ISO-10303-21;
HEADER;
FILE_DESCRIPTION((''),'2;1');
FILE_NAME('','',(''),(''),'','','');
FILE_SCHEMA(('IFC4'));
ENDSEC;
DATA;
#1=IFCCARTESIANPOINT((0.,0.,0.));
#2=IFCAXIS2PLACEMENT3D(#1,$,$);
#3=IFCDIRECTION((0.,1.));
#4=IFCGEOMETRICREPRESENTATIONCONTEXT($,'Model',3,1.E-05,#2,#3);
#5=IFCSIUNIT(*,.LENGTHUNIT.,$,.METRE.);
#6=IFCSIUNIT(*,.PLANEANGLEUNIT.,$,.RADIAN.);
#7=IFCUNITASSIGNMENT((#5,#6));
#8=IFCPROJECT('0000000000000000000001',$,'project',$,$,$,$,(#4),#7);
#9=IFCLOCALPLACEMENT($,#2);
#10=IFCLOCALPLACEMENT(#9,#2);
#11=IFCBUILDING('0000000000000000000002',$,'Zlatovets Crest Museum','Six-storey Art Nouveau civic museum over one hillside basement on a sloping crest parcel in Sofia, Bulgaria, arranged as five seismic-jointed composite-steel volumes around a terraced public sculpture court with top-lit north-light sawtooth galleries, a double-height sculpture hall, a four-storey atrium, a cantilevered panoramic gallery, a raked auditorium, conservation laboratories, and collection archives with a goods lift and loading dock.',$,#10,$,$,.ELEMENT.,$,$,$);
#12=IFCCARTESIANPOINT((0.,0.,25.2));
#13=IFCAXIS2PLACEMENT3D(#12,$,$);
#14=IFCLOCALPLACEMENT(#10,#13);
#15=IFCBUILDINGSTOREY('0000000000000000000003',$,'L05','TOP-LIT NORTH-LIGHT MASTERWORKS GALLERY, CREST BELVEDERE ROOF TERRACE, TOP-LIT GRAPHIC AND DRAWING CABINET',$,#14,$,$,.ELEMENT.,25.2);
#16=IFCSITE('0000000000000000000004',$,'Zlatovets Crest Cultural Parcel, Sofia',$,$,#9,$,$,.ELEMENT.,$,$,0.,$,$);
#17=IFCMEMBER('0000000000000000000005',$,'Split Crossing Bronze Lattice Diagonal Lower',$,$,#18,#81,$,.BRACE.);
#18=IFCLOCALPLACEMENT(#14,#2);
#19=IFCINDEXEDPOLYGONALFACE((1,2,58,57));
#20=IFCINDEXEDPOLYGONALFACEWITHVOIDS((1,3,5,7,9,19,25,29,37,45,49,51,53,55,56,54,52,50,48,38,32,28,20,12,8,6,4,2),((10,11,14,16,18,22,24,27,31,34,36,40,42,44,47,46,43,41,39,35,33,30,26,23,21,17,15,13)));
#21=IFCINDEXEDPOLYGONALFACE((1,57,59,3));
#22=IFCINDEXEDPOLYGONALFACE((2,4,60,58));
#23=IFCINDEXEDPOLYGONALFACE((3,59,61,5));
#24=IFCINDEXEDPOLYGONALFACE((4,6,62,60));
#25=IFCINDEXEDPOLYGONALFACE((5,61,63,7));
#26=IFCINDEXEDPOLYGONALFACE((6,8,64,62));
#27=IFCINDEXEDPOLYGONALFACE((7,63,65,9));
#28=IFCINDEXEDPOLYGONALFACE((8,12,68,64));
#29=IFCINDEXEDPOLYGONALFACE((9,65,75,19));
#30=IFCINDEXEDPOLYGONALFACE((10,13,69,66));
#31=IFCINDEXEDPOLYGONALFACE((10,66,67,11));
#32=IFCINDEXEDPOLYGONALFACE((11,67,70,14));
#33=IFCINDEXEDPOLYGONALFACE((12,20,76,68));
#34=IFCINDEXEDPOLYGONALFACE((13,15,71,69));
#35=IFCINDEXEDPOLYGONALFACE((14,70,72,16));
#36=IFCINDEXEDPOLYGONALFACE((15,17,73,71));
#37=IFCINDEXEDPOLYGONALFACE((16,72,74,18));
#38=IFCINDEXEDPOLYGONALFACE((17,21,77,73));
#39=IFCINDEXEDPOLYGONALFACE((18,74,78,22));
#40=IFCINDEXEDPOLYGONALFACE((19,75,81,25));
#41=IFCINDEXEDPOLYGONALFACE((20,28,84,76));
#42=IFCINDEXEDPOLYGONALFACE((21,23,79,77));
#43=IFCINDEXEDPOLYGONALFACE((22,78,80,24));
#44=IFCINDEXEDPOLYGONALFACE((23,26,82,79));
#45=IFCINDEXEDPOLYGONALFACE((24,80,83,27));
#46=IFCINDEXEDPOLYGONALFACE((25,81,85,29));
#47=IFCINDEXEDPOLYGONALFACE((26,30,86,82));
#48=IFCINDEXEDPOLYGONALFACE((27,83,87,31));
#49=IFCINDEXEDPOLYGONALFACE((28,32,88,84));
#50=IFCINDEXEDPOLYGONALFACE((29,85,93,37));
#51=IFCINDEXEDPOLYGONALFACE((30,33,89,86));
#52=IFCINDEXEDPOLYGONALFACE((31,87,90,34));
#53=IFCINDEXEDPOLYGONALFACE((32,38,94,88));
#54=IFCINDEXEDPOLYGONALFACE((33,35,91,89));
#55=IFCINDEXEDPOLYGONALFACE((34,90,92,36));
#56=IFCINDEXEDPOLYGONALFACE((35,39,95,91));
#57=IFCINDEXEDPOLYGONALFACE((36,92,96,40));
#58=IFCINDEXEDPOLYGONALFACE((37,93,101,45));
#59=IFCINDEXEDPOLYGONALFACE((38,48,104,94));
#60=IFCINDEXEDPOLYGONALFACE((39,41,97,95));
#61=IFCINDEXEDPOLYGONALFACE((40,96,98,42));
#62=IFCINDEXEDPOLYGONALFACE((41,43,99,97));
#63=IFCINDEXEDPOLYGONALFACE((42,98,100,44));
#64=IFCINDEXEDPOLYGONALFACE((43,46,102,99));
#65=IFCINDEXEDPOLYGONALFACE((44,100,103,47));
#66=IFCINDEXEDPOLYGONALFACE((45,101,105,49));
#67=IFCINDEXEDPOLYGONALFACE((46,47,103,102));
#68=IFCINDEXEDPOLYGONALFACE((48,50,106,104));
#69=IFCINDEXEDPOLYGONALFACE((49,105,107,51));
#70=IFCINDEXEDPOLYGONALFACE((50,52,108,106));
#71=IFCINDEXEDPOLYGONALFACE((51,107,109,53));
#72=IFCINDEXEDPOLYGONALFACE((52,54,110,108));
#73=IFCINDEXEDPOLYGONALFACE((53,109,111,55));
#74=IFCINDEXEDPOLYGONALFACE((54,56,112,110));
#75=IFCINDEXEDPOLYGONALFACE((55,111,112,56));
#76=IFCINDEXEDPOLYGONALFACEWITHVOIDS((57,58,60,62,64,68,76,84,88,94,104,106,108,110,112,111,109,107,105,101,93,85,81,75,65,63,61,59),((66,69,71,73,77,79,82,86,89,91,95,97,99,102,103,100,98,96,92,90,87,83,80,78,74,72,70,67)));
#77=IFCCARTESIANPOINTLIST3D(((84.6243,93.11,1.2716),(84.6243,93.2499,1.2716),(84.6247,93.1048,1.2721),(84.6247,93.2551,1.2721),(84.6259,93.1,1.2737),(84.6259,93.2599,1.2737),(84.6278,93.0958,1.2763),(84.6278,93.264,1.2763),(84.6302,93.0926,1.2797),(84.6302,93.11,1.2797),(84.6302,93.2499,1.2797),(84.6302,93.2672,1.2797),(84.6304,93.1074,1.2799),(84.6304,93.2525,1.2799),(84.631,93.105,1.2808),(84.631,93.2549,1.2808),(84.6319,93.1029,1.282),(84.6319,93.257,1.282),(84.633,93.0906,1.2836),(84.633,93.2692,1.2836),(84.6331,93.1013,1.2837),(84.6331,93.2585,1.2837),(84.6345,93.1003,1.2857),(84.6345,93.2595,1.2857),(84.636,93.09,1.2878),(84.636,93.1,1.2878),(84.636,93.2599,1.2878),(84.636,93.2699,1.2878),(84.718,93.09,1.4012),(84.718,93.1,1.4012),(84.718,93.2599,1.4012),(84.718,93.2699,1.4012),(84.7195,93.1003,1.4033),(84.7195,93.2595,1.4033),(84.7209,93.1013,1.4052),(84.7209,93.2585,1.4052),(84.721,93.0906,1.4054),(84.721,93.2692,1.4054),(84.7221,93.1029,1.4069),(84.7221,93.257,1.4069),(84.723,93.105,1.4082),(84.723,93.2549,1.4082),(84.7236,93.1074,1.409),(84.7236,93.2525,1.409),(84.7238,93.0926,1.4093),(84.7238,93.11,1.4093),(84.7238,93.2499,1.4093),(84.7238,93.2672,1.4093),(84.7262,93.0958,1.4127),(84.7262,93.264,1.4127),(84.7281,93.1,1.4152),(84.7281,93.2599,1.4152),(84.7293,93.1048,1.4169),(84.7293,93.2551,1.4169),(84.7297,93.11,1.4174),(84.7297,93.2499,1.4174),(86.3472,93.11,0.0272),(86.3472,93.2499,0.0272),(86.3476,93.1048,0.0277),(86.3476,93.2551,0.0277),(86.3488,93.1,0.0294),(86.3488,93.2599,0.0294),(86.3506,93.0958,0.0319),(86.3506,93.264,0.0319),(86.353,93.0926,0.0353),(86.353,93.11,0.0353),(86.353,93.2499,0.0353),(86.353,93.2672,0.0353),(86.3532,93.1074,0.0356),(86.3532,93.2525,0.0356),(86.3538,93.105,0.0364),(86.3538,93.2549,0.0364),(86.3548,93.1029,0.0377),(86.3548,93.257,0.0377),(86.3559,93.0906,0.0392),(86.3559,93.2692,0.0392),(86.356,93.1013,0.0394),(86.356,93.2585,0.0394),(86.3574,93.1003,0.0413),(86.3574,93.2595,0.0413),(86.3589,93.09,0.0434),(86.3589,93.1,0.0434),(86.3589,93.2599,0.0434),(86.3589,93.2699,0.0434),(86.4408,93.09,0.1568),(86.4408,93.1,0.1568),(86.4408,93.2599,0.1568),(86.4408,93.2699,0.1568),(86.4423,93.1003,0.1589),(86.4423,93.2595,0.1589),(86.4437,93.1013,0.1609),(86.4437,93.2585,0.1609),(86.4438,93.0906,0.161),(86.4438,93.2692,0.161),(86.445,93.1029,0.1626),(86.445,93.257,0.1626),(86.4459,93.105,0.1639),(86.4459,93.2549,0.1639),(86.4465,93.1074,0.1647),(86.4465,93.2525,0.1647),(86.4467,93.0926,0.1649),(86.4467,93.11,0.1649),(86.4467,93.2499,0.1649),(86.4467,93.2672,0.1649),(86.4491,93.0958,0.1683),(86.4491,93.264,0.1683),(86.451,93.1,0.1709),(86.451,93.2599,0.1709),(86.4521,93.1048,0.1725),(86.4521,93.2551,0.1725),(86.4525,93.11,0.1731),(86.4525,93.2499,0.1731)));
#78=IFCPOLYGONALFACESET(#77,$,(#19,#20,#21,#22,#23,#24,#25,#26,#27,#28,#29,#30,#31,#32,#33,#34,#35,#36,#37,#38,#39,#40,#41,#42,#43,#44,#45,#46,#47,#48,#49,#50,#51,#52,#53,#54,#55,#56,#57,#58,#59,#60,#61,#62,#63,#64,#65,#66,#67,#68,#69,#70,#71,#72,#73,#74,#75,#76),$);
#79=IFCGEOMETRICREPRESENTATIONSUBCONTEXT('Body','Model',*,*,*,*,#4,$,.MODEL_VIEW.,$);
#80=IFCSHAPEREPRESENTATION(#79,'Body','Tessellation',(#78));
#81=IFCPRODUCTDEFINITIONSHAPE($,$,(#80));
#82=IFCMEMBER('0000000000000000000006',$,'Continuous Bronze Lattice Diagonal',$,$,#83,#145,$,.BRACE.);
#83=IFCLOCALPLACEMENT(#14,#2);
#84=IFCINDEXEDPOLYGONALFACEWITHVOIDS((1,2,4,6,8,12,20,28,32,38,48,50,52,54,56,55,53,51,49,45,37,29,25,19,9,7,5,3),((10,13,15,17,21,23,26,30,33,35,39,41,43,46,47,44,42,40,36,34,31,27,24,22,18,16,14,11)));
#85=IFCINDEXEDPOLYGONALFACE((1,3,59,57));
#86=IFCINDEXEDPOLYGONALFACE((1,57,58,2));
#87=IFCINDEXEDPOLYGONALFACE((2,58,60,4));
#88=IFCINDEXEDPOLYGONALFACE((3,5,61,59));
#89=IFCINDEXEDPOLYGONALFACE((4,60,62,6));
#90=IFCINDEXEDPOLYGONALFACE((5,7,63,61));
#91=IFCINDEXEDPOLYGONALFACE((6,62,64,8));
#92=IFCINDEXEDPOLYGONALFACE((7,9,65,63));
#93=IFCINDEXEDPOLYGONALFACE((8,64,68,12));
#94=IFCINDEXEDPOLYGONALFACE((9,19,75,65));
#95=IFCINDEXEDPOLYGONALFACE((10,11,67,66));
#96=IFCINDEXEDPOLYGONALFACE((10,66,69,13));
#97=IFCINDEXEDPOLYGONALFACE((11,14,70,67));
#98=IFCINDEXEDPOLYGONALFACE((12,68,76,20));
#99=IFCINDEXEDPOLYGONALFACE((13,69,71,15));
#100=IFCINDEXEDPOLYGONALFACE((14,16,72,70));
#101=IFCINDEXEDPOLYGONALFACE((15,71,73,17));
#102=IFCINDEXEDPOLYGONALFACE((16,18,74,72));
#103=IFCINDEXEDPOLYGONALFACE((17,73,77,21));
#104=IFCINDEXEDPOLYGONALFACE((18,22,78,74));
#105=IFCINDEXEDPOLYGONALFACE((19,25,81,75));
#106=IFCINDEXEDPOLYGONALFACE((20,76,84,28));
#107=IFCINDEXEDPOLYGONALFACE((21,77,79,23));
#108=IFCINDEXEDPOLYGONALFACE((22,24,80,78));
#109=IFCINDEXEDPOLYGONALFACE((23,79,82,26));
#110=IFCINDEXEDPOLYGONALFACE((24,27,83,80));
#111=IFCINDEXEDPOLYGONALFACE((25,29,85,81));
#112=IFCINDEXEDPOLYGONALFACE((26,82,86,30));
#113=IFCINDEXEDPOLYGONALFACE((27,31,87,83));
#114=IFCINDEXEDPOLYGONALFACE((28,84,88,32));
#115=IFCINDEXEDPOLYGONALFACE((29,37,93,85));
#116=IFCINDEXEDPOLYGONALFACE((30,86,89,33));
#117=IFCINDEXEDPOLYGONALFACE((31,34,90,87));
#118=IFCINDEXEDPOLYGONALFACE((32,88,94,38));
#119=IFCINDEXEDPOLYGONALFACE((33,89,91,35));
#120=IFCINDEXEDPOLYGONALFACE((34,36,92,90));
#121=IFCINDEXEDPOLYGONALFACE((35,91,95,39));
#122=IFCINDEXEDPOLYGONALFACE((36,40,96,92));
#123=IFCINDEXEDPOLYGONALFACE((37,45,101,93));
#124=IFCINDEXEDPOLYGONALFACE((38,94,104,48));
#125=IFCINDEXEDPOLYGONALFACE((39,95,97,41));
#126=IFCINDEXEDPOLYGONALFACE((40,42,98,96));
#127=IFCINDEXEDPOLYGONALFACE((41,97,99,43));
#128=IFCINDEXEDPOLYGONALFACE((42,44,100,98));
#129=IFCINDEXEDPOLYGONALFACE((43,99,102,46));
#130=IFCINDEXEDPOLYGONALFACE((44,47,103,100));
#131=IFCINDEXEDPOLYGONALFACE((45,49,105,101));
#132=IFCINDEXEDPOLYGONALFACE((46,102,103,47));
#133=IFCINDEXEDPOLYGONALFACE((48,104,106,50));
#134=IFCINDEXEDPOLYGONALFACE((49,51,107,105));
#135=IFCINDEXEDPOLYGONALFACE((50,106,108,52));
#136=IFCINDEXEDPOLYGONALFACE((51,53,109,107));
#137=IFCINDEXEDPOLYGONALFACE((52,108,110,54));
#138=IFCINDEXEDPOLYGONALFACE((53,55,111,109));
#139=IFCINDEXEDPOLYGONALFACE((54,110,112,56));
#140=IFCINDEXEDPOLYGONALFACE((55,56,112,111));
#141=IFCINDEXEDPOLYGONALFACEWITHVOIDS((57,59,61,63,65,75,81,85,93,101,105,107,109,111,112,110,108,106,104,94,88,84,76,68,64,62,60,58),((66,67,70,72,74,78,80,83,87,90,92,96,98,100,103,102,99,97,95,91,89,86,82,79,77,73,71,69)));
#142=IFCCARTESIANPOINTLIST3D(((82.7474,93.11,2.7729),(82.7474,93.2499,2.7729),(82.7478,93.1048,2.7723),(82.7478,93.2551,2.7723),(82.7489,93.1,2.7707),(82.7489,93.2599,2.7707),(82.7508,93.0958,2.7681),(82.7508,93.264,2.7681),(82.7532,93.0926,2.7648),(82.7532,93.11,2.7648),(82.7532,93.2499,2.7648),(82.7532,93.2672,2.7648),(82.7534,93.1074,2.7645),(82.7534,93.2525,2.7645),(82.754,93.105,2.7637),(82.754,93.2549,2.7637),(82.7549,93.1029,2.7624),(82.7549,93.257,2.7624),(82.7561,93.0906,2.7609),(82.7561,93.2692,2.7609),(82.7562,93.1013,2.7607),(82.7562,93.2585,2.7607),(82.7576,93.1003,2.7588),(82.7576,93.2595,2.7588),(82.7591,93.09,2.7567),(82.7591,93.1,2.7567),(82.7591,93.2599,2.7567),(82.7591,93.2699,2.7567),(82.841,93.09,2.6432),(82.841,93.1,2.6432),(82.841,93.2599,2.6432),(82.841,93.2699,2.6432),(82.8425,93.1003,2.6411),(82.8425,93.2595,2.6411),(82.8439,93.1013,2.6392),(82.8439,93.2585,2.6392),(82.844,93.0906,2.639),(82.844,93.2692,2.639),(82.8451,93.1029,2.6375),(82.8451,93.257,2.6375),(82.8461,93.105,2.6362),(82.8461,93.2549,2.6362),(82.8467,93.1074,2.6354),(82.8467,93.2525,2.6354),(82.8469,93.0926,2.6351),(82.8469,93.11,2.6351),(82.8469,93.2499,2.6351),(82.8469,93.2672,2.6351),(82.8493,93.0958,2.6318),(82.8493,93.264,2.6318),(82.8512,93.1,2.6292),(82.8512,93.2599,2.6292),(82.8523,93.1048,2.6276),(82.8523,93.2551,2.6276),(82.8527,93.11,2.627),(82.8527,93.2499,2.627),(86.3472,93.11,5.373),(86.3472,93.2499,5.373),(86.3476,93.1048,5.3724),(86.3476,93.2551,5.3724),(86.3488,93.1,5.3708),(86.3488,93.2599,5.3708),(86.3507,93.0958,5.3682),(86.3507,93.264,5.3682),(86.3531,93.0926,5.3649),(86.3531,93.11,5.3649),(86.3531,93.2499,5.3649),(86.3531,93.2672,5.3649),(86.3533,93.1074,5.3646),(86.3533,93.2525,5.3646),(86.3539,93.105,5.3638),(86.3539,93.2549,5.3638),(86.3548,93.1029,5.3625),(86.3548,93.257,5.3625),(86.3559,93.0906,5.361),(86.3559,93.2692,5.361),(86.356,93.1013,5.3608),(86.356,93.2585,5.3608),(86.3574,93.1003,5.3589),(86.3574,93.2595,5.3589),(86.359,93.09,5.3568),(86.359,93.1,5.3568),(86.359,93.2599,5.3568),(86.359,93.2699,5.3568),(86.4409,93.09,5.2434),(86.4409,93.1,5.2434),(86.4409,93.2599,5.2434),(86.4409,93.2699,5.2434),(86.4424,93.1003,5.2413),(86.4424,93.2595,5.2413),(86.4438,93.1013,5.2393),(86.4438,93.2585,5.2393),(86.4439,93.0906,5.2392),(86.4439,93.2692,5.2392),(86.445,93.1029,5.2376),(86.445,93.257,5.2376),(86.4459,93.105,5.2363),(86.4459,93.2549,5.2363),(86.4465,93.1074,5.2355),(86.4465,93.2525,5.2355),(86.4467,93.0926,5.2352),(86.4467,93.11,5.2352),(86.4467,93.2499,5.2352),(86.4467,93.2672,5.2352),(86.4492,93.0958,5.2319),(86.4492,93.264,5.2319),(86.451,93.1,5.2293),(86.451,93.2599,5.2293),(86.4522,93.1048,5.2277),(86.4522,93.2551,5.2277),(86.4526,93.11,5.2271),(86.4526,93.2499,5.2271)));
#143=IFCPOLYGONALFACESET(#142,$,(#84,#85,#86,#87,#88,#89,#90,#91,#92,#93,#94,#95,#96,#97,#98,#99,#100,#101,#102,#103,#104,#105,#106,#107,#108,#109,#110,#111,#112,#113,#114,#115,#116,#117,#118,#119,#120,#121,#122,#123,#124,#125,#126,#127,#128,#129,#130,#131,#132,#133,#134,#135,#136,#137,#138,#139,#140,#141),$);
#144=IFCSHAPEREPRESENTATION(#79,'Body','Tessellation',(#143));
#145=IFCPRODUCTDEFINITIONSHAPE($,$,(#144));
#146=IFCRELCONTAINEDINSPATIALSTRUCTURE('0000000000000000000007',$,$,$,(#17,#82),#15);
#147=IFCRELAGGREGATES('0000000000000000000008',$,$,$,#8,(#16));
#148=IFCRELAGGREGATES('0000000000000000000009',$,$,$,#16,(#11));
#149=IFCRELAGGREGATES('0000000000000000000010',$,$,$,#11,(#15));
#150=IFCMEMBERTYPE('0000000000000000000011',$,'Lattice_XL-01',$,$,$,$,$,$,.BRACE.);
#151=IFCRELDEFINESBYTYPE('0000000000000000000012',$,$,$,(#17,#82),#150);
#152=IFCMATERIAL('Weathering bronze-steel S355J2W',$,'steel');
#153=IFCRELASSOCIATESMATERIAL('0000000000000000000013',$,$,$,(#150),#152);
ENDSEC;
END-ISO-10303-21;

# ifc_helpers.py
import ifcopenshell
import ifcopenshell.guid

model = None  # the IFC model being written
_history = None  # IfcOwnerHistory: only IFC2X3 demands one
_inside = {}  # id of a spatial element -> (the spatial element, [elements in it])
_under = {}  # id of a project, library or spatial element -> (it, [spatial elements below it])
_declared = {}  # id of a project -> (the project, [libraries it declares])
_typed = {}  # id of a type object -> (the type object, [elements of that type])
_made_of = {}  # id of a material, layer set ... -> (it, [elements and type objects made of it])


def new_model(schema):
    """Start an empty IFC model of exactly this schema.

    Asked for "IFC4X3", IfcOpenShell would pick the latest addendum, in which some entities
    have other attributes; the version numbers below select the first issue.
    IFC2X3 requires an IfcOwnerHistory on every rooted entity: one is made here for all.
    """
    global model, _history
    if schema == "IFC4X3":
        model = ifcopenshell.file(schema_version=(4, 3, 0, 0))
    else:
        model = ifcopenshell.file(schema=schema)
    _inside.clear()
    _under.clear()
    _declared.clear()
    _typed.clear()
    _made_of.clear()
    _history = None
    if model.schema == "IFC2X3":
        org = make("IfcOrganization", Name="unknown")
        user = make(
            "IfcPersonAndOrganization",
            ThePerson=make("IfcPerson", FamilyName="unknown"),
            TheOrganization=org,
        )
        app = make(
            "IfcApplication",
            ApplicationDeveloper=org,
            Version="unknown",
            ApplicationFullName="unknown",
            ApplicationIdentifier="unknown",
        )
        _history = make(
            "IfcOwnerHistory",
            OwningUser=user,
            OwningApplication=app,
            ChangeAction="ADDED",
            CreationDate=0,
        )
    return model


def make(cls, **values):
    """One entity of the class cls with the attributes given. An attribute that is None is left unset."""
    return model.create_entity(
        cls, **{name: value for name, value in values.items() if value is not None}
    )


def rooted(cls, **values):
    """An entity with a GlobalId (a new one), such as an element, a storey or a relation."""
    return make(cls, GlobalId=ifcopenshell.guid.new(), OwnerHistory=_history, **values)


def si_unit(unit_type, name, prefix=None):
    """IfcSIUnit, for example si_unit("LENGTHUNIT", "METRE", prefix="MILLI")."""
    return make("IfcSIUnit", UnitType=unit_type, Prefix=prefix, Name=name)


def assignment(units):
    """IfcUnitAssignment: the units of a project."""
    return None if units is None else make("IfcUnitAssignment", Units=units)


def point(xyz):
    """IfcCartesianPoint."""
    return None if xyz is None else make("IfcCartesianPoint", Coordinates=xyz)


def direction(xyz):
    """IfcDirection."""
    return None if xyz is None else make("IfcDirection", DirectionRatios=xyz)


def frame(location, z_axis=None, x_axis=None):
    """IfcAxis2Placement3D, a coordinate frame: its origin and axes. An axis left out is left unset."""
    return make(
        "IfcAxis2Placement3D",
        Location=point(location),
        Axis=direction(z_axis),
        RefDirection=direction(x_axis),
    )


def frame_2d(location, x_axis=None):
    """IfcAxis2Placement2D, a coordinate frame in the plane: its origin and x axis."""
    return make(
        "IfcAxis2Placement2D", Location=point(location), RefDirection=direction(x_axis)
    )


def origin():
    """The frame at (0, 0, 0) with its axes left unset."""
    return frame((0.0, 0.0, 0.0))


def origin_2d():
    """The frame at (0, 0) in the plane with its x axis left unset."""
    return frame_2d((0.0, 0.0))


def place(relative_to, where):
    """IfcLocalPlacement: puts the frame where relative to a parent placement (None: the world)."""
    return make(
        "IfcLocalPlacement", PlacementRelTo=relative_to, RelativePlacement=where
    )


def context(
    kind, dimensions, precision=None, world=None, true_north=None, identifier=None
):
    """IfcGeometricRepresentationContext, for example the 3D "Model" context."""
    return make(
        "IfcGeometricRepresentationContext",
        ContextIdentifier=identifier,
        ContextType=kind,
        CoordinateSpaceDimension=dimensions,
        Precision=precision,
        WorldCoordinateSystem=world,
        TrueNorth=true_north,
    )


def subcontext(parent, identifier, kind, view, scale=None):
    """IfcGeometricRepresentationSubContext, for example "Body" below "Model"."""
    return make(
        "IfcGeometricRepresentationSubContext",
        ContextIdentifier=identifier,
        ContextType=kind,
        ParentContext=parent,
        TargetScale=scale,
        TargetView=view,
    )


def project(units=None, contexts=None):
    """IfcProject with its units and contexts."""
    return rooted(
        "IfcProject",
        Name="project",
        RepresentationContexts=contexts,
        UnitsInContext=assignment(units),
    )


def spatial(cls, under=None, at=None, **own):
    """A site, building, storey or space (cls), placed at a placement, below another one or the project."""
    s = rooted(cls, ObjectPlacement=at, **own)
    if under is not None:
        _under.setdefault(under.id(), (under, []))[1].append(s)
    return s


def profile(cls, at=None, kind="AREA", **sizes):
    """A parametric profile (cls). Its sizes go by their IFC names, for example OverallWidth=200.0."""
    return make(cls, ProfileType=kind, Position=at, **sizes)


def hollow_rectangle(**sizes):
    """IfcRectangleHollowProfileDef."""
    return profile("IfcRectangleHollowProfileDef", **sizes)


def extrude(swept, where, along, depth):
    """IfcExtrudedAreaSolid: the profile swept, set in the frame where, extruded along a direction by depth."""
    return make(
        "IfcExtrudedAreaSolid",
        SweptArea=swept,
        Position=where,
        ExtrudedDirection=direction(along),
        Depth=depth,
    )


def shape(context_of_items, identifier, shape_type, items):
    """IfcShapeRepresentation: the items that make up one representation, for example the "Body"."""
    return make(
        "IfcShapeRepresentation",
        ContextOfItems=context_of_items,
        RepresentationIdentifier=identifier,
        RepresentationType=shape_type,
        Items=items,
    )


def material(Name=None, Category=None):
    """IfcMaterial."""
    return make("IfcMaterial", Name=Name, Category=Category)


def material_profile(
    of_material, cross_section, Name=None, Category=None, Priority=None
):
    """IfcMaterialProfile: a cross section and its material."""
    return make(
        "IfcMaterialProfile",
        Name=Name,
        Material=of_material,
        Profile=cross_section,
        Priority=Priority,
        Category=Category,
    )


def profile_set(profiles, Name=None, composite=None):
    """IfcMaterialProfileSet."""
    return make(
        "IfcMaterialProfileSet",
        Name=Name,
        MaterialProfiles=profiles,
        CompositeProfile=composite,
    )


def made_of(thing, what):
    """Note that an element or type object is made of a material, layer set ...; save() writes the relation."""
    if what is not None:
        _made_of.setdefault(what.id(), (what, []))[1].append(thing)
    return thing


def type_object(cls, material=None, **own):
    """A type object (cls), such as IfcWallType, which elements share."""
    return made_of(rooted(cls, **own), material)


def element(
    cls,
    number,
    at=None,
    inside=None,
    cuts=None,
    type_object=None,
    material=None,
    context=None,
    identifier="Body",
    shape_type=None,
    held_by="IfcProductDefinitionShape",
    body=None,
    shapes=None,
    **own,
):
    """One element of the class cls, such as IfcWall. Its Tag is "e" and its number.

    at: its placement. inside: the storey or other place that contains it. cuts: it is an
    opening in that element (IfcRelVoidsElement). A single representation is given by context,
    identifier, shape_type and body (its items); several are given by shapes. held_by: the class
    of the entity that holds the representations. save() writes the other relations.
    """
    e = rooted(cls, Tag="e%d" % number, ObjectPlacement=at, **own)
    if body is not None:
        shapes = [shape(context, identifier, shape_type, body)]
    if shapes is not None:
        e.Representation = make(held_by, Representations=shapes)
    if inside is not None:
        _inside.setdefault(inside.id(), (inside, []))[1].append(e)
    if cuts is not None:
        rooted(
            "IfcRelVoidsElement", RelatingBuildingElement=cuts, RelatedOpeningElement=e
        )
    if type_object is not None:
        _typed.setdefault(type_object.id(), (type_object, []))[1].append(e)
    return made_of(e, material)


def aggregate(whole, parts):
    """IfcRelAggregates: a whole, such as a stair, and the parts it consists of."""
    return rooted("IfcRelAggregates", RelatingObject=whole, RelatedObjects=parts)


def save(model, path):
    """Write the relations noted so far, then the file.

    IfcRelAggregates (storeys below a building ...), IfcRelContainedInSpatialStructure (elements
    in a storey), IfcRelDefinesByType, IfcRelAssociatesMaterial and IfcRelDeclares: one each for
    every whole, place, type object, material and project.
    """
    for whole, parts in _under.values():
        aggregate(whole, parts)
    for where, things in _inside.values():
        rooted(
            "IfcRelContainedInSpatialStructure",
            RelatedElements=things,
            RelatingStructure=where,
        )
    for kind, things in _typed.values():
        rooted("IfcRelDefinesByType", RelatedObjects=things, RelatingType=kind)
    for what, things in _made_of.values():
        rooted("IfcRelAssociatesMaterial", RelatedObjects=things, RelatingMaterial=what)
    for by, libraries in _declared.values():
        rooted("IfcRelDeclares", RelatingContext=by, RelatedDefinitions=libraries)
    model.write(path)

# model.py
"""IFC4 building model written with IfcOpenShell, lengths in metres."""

from ifc_helpers import new_model, si_unit, direction, frame, origin, origin_2d, place, context, subcontext, project, spatial, hollow_rectangle, extrude, material, material_profile, profile_set, type_object, element, save


model = new_model("IFC4")

# Units and contexts
model_context = context("Model", 3, precision=1e-05, world=origin(), true_north=direction((0.0, 1.0)))
body_context = subcontext(model_context, "Body", "Model", "MODEL_VIEW")
ifc_project = project(units=[si_unit("LENGTHUNIT", "METRE"), si_unit("PLANEANGLEUNIT", "RADIAN")], contexts=[model_context])

# Site, building, storey
site_placement = place(None, origin())
site = spatial("IfcSite", under=ifc_project, at=site_placement, Name="Zlatovets Crest Cultural Parcel, Sofia", CompositionType="ELEMENT", RefElevation=0.0)
building_placement = place(site_placement, origin())
building = spatial("IfcBuilding", under=site, at=building_placement, Name="Zlatovets Crest Museum", Description="Six-storey Art Nouveau civic museum over one hillside basement on a sloping crest parcel in Sofia, Bulgaria, arranged as five seismic-jointed composite-steel volumes around a terraced public sculpture court with top-lit north-light sawtooth galleries, a double-height sculpture hall, a four-storey atrium, a cantilevered panoramic gallery, a raked auditorium, conservation laboratories, and collection archives with a goods lift and loading dock.", CompositionType="ELEMENT")
storey_placement = place(building_placement, frame((0.0, 0.0, 25.2)))
storey = spatial("IfcBuildingStorey", under=building, at=storey_placement, Name="L05", Description="TOP-LIT NORTH-LIGHT MASTERWORKS GALLERY, CREST BELVEDERE ROOF TERRACE, TOP-LIT GRAPHIC AND DRAWING CABINET", CompositionType="ELEMENT", Elevation=25.2)

# Members
ifc_material_1 = material(Name="Weathering bronze-steel S355J2W", Category="steel")
ifc_material_profile_1 = material_profile(ifc_material_1, hollow_rectangle(XDim=0.1799, YDim=0.1799, WallThickness=0.01, InnerFilletRadius=0.01, OuterFilletRadius=0.02, at=origin_2d()), Name="SHS 180x180x10.0")
ifc_profile_set_1 = profile_set([ifc_material_profile_1], Name="Weathering bronze-steel S355J2W")
member_type_1 = type_object("IfcMemberType", Name="Lattice_XL-01", PredefinedType="BRACE", material=ifc_profile_set_1)
for number, where, z_axis, x_axis, name in (
    (1, (84.677, 93.1799, 1.3445), (0.810664, 0.0, -0.585512), (0.0, 1.0, 0.0), "Split Crossing Bronze Lattice Diagonal Lower"),
):
    element("IfcMember", number, at=place(storey_placement, frame(where, z_axis=z_axis, x_axis=x_axis)), inside=storey, type_object=member_type_1, Name=name, PredefinedType="BRACE", context=body_context, shape_type="SweptSolid", body=[
        extrude(hollow_rectangle(XDim=0.1799, YDim=0.1799, WallThickness=0.01, InnerFilletRadius=0.01, OuterFilletRadius=0.02, at=origin_2d()), origin(), (0.0, 0.0, 1.0), 2.1252),
    ])
member_1_placement = place(storey_placement, frame((82.8, 93.1799, 2.7), z_axis=(0.810657, 0.0, 0.585521), x_axis=(0.0, 1.0, 0.0)))
element("IfcMember", 2, at=member_1_placement, inside=storey, type_object=member_type_1, Name="Continuous Bronze Lattice Diagonal", PredefinedType="BRACE", context=body_context, shape_type="SweptSolid", body=[
    extrude(hollow_rectangle(XDim=0.1799, YDim=0.1799, WallThickness=0.01, InnerFilletRadius=0.01, OuterFilletRadius=0.02, at=origin_2d()), origin(), (0.0, 0.0, 1.0), 4.4407),
])

save(model, "model.ifc")
